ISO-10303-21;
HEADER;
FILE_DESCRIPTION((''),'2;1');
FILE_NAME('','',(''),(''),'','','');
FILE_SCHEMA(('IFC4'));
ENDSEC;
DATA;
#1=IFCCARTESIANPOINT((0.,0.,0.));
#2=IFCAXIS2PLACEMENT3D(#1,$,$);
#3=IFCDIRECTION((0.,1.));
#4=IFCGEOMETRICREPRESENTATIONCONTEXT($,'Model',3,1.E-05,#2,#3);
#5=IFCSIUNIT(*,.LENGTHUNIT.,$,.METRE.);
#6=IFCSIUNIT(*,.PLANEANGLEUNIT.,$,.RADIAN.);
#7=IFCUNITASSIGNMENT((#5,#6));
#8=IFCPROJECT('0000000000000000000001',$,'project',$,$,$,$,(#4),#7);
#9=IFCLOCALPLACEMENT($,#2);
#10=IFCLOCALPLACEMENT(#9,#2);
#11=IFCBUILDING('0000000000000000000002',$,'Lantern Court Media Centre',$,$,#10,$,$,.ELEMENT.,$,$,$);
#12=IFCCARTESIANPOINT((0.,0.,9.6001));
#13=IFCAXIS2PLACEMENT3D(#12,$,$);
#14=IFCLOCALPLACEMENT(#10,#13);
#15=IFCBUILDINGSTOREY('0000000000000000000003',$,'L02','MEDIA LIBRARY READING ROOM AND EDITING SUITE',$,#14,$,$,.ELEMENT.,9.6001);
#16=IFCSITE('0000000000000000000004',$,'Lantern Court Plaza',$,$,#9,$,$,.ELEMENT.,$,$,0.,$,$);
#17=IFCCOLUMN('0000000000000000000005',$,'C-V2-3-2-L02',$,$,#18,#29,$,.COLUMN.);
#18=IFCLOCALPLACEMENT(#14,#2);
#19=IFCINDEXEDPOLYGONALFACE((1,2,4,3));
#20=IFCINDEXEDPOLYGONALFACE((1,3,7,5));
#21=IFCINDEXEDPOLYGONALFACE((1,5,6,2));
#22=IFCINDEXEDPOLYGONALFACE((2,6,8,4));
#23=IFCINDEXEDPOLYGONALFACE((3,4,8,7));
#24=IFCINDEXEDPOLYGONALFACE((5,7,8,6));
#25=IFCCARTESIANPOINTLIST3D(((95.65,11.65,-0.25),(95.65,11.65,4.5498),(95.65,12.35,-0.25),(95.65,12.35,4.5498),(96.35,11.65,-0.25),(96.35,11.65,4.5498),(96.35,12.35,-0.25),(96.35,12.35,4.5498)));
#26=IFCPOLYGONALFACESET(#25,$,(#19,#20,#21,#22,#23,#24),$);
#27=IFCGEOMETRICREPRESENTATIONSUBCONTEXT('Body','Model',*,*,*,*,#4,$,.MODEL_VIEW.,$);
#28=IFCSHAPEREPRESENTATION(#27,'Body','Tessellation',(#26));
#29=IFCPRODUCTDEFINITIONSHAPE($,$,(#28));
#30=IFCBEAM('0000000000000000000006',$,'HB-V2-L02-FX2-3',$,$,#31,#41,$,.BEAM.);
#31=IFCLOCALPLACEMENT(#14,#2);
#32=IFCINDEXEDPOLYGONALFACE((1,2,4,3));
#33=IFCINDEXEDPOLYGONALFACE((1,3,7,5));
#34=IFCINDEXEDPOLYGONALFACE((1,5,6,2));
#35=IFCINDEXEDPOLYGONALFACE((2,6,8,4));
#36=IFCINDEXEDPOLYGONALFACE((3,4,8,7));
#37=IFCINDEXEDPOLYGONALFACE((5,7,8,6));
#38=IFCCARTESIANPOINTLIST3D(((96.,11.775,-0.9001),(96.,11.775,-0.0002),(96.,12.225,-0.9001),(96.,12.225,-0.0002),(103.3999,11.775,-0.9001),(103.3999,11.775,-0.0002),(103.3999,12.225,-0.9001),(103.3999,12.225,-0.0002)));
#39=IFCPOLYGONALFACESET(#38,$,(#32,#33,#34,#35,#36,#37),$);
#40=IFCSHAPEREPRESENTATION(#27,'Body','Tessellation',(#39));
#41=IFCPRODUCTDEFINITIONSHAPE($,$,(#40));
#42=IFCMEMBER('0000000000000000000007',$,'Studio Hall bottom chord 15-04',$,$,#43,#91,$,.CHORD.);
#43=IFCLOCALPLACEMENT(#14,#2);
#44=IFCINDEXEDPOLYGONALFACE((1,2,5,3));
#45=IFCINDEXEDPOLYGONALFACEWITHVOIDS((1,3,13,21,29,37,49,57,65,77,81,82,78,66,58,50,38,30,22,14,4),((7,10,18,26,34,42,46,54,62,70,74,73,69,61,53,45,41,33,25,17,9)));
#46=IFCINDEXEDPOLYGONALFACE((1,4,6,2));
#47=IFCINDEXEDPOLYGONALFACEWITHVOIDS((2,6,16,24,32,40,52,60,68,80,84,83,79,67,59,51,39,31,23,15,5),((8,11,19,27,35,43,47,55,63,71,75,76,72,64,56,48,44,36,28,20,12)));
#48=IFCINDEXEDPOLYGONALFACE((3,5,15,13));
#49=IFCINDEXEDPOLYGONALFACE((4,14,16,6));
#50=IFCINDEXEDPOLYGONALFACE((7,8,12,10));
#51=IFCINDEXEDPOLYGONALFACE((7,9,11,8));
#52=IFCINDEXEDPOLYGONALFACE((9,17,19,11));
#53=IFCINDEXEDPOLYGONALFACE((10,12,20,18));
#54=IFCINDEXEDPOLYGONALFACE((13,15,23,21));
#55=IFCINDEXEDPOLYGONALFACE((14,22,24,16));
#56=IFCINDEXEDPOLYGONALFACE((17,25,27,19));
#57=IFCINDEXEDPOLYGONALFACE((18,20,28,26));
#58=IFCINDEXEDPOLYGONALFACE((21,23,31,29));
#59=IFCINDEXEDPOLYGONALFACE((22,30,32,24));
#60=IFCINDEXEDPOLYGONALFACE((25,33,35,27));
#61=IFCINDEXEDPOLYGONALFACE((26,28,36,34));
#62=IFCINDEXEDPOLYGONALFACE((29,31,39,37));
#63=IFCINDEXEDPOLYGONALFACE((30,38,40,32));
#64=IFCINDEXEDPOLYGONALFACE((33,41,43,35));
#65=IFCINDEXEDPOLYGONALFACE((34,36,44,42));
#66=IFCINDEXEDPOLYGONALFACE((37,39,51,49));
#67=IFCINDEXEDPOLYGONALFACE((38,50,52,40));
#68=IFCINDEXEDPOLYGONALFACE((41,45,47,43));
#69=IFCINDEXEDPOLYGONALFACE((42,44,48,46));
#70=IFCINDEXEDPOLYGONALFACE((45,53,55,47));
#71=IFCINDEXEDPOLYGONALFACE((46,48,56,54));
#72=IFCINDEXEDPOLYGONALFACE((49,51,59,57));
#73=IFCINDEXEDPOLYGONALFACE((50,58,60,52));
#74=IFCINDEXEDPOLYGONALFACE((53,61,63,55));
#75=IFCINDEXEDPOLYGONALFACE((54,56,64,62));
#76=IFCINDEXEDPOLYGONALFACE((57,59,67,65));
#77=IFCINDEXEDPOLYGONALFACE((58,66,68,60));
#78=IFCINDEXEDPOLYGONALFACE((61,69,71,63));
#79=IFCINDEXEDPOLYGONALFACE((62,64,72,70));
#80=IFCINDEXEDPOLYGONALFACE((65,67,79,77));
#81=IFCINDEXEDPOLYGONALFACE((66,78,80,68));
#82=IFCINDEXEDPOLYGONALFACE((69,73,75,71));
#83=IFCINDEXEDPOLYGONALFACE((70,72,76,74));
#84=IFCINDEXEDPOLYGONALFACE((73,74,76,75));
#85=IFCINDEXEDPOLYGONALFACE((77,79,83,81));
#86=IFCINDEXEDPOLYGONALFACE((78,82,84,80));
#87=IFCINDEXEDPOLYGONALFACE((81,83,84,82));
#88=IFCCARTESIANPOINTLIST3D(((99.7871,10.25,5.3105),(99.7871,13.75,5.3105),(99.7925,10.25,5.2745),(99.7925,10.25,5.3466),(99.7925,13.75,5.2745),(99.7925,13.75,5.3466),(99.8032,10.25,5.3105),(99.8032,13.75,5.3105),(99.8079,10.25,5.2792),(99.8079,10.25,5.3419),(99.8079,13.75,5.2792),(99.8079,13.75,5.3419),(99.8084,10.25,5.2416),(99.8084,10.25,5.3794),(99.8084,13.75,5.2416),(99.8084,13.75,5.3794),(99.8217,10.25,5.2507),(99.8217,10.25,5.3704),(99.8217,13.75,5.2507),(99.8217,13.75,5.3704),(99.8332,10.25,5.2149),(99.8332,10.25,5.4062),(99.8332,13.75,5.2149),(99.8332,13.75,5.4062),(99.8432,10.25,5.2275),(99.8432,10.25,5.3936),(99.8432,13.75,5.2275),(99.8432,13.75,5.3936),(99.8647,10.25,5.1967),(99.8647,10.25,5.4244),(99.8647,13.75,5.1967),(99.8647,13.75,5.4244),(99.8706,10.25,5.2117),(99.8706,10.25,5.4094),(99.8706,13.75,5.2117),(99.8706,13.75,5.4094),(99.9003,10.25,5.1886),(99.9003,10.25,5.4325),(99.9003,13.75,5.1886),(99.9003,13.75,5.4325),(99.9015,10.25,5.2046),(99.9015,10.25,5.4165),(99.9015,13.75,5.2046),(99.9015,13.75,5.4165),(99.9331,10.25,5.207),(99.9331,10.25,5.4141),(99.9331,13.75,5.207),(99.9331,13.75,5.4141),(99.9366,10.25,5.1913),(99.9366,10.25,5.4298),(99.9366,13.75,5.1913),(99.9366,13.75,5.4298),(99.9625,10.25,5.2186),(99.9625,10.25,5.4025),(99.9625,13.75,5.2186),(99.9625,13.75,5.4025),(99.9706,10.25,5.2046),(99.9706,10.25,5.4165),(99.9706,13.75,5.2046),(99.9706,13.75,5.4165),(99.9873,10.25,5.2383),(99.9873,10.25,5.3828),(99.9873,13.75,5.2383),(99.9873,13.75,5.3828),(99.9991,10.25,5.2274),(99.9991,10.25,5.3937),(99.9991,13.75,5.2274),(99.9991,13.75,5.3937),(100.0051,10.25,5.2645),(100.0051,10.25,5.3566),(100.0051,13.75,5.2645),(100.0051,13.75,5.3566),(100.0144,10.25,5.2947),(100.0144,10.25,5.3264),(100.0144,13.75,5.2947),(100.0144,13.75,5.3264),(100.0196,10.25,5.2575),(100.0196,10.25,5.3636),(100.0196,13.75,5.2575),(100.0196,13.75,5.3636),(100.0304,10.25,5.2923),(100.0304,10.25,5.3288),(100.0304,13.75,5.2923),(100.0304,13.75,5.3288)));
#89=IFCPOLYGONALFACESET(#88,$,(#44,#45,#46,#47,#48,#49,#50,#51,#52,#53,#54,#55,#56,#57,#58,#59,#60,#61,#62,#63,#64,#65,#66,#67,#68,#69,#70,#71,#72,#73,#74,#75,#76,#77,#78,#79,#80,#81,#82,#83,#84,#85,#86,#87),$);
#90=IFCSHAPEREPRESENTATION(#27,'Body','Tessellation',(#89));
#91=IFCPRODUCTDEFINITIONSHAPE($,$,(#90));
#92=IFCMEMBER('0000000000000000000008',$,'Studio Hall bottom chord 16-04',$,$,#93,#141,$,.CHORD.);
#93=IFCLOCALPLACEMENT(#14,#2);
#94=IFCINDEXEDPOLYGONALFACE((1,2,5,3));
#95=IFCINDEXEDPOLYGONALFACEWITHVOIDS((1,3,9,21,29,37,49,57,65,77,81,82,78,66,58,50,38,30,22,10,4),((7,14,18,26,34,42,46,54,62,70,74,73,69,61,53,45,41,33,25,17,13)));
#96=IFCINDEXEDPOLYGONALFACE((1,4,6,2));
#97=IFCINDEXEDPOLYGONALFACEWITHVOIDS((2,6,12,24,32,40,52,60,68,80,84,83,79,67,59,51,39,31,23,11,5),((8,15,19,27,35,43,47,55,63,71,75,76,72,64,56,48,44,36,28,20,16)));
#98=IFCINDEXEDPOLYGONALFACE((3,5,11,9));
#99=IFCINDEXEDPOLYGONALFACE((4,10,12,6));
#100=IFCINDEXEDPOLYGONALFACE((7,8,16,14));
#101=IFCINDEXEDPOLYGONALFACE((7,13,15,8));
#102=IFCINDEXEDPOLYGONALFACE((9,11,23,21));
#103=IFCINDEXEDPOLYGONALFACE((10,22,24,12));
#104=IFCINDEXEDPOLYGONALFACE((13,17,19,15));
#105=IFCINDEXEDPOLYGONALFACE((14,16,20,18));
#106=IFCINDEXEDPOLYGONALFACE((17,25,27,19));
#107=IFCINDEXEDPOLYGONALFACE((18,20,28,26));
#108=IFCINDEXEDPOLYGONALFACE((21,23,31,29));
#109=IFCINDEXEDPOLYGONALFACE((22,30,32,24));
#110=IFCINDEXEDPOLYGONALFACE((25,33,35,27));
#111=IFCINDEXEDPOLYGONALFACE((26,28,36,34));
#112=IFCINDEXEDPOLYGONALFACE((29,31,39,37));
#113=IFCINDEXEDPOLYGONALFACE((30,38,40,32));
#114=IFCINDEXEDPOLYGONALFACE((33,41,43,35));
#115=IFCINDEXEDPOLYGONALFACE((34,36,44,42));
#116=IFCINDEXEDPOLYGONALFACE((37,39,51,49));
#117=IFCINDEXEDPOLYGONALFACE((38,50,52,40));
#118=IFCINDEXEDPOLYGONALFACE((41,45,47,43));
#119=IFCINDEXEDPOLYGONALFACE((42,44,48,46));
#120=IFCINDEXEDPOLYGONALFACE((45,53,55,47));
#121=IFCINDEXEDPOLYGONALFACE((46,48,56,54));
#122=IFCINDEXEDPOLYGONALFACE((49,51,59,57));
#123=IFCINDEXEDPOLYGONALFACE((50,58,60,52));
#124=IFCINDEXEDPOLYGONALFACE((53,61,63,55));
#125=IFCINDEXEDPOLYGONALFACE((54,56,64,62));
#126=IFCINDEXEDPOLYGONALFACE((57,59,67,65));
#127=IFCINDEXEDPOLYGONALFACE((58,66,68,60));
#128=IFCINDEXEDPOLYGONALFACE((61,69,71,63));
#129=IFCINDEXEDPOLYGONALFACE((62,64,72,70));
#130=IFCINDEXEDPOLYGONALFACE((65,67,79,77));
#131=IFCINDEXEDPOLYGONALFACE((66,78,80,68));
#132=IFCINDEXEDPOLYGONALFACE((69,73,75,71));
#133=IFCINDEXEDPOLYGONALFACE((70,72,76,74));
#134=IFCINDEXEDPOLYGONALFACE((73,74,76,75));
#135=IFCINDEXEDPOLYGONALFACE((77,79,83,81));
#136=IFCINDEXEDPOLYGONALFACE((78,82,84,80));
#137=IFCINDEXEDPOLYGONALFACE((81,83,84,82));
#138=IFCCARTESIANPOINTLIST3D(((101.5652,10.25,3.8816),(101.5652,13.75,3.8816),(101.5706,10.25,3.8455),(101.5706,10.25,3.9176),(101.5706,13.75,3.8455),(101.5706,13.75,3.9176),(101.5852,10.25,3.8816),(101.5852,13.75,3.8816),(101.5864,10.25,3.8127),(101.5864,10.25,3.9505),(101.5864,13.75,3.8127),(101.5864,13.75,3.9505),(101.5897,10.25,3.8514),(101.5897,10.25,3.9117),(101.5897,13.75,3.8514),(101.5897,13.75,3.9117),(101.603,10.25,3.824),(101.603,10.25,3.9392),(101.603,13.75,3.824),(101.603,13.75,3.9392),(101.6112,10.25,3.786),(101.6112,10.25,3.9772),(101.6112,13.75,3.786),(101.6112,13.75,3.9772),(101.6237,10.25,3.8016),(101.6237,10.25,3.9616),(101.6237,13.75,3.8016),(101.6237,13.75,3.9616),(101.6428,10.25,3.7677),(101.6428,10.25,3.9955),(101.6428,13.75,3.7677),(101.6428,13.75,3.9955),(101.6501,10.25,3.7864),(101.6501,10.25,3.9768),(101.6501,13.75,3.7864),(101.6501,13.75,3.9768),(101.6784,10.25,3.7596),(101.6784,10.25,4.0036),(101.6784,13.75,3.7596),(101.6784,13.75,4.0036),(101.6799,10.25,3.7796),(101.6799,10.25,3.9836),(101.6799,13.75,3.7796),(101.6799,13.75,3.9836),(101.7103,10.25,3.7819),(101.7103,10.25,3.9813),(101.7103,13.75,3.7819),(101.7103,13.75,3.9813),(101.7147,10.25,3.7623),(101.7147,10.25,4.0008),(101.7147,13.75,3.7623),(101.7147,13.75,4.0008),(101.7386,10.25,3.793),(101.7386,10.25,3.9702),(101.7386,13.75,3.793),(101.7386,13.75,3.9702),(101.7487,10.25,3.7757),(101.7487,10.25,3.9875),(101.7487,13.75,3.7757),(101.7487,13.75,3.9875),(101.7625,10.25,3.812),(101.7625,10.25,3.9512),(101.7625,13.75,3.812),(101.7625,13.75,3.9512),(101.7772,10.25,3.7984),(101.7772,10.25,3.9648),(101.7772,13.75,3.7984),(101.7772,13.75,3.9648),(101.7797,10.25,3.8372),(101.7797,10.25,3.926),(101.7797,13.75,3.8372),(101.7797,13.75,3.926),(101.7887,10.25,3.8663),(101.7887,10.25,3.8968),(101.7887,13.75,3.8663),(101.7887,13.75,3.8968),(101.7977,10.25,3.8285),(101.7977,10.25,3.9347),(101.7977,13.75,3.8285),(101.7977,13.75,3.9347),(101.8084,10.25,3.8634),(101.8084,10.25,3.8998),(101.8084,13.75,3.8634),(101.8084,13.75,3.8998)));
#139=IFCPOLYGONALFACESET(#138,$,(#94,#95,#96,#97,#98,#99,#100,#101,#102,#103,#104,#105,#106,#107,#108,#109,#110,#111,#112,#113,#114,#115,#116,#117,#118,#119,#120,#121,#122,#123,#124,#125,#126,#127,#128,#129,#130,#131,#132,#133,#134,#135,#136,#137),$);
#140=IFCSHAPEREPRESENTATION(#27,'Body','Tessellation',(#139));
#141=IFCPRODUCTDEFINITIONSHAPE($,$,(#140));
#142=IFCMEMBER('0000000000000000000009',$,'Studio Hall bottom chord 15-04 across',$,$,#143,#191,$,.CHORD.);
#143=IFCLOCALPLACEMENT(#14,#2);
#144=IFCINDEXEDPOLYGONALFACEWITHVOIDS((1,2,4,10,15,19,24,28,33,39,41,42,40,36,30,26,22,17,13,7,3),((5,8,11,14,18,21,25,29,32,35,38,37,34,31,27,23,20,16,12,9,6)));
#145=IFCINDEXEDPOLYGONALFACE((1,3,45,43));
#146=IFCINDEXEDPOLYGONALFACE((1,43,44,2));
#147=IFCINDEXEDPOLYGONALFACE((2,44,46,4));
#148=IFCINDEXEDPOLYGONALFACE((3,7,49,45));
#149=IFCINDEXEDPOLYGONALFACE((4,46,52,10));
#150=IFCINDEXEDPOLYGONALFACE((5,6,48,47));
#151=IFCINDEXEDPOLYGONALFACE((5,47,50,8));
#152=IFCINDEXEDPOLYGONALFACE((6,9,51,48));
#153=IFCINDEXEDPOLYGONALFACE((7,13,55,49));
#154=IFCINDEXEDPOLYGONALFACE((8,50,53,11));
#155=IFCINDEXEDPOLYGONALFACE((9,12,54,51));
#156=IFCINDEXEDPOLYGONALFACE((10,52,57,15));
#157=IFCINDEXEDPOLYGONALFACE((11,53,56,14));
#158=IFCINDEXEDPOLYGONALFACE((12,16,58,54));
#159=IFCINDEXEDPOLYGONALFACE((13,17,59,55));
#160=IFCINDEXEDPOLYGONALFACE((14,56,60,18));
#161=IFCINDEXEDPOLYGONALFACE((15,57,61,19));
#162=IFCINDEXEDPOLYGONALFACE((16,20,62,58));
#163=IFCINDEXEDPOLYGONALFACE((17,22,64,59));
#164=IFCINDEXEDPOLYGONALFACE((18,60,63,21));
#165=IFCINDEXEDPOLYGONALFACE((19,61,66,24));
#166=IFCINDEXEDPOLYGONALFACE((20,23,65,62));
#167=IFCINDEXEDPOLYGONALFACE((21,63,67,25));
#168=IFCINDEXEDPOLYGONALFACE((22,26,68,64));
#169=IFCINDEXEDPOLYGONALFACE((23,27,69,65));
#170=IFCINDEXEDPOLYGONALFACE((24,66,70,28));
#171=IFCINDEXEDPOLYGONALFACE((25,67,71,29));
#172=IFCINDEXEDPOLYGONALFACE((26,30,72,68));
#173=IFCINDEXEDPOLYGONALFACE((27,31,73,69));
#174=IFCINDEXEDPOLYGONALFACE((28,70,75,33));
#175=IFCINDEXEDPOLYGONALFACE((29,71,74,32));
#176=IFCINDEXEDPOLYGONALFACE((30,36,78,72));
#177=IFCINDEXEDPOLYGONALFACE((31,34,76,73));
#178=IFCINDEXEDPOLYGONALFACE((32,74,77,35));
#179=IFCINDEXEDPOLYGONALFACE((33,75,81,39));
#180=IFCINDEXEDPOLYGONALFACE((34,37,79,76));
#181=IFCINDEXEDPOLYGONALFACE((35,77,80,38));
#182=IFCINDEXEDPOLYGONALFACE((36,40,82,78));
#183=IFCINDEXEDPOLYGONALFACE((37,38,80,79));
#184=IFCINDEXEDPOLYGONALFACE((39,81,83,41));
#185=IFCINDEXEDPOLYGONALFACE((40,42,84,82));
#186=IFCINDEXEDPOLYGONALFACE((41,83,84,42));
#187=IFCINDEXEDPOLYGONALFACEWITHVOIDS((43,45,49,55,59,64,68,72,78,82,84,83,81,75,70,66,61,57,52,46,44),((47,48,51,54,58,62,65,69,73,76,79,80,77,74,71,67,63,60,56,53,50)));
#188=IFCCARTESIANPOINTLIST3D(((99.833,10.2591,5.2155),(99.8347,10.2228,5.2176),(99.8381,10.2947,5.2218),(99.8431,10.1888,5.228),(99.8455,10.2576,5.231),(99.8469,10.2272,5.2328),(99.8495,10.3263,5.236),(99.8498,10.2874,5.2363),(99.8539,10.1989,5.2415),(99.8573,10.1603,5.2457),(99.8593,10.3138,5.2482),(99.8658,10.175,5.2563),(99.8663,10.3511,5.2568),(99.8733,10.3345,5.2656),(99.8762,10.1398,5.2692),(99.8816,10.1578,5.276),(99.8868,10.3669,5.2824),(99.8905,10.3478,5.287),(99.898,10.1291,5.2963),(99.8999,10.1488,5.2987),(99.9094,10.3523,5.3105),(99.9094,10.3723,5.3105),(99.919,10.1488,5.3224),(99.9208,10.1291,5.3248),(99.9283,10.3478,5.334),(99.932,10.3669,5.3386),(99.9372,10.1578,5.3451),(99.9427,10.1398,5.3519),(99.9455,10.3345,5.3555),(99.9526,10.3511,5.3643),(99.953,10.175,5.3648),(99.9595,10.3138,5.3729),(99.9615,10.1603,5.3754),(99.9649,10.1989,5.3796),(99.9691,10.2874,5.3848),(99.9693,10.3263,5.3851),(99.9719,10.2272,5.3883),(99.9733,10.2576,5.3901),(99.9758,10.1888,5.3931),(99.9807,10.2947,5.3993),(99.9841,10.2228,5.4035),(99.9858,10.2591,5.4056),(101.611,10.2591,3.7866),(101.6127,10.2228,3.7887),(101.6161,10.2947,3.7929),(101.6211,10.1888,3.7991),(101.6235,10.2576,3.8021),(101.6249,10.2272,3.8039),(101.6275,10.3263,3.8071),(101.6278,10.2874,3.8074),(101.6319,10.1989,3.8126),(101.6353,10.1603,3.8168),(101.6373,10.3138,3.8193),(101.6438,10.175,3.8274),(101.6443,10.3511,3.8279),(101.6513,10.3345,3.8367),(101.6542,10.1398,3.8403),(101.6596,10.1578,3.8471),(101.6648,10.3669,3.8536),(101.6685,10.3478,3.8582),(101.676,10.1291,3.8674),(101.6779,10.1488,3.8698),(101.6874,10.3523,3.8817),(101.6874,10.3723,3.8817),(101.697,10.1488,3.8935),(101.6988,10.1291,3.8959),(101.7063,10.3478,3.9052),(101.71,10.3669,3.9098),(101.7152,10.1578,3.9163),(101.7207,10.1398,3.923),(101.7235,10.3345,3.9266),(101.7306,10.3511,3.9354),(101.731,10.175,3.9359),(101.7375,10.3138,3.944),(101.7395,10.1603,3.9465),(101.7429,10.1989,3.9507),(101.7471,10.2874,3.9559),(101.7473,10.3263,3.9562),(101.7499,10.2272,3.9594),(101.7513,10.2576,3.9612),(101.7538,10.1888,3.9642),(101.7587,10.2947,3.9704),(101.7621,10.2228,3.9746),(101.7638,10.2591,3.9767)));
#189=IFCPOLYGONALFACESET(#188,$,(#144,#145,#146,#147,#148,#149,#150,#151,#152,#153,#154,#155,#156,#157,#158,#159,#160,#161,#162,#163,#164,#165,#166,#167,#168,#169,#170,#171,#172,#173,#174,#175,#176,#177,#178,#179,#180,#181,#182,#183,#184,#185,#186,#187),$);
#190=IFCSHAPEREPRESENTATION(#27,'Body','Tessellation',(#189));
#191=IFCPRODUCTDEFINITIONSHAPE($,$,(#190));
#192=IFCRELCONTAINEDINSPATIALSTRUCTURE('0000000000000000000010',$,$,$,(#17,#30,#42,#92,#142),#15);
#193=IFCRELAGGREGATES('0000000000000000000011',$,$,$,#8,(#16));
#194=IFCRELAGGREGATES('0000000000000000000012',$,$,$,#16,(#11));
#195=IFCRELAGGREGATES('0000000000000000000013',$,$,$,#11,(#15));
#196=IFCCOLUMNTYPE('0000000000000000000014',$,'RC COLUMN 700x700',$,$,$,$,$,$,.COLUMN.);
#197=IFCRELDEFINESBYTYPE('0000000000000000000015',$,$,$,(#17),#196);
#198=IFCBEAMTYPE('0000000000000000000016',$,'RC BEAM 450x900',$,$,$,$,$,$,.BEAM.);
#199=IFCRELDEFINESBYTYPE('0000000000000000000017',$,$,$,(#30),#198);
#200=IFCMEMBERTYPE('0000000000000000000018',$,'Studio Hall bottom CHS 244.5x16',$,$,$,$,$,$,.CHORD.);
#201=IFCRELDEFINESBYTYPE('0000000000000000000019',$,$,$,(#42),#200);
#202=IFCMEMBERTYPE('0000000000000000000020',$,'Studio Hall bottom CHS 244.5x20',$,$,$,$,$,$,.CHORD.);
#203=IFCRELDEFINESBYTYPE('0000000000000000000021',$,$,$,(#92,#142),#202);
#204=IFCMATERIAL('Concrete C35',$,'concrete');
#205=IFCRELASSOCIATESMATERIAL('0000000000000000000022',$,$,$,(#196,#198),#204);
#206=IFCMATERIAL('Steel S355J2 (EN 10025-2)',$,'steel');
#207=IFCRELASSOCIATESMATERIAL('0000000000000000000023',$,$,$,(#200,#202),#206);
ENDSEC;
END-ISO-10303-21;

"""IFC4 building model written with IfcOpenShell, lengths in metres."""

from ifc_helpers import new_model, si_unit, direction, frame, origin, origin_2d, place, context, subcontext, project, spatial, rectangle, hollow_circle, extrude, material, material_profile, profile_set, type_object, element, save


model = new_model("IFC4")

# Units and contexts
model_context = context("Model", 3, precision=1e-05, world=origin(), true_north=direction((0.0, 1.0)))
body_context = subcontext(model_context, "Body", "Model", "MODEL_VIEW")
ifc_project = project(units=[si_unit("LENGTHUNIT", "METRE"), si_unit("PLANEANGLEUNIT", "RADIAN")], contexts=[model_context])

# Site, building, storey
site_placement = place(None, origin())
site = spatial("IfcSite", under=ifc_project, at=site_placement, Name="Lantern Court Plaza", CompositionType="ELEMENT", RefElevation=0.0)
building_placement = place(site_placement, origin())
building = spatial("IfcBuilding", under=site, at=building_placement, Name="Lantern Court Media Centre", CompositionType="ELEMENT")
storey_placement = place(building_placement, frame((0.0, 0.0, 9.6001)))
storey = spatial("IfcBuildingStorey", under=building, at=storey_placement, Name="L02", Description="MEDIA LIBRARY READING ROOM AND EDITING SUITE", CompositionType="ELEMENT", Elevation=9.6001)

# Column
ifc_material_1 = material(Name="Concrete C35", Category="concrete")
ifc_material_profile_1 = material_profile(ifc_material_1, rectangle(XDim=0.7, YDim=0.7, at=origin_2d()), Name="RC 700x700")
ifc_profile_set_1 = profile_set([ifc_material_profile_1], Name="Concrete C35")
column_type = type_object("IfcColumnType", Name="RC COLUMN 700x700", PredefinedType="COLUMN", material=ifc_profile_set_1)
column_placement = place(storey_placement, frame((96.0, 12.0, -0.25), z_axis=(0.0, 0.0, 1.0), x_axis=(1.0, 0.0, 0.0)))
element("IfcColumn", 1, at=column_placement, inside=storey, type_object=column_type, Name="C-V2-3-2-L02", PredefinedType="COLUMN", context=body_context, shape_type="SweptSolid", body=[
    extrude(rectangle(XDim=0.7, YDim=0.7, at=origin_2d()), origin(), (0.0, 0.0, 1.0), 4.7998),
])

# Beam
ifc_material_profile_2 = material_profile(ifc_material_1, rectangle(XDim=0.45, YDim=0.8999, at=origin_2d()), Name="RC 450x900")
ifc_profile_set_2 = profile_set([ifc_material_profile_2], Name="Concrete C35")
beam_type = type_object("IfcBeamType", Name="RC BEAM 450x900", PredefinedType="BEAM", material=ifc_profile_set_2)
beam_placement = place(storey_placement, frame((96.0, 12.0, -0.4502), z_axis=(1.0, 0.0, 0.0), x_axis=(0.0, 1.0, 0.0)))
element("IfcBeam", 2, at=beam_placement, inside=storey, type_object=beam_type, Name="HB-V2-L02-FX2-3", PredefinedType="BEAM", context=body_context, shape_type="SweptSolid", body=[
    extrude(rectangle(XDim=0.45, YDim=0.8999, at=origin_2d()), origin(), (0.0, 0.0, 1.0), 7.3999),
])

# Members
ifc_material_2 = material(Name="Steel S355J2 (EN 10025-2)", Category="steel")
ifc_material_profile_3 = material_profile(ifc_material_2, hollow_circle(Radius=0.1223, WallThickness=0.0161, at=origin_2d()), Name="Studio Hall bottom CHS 244.5x16")
ifc_profile_set_3 = profile_set([ifc_material_profile_3], Name="Steel S355J2 (EN 10025-2)")
member_type_1 = type_object("IfcMemberType", Name="Studio Hall bottom CHS 244.5x16", PredefinedType="CHORD", material=ifc_profile_set_3)
member_1_placement = place(storey_placement, frame((99.9094, 10.25, 5.3105), z_axis=(0.0, 1.0, 0.0), x_axis=(-1.0, 0.0, 0.0)))
element("IfcMember", 3, at=member_1_placement, inside=storey, type_object=member_type_1, Name="Studio Hall bottom chord 15-04", PredefinedType="CHORD", context=body_context, shape_type="SweptSolid", body=[
    extrude(hollow_circle(Radius=0.1223, WallThickness=0.0161, at=origin_2d()), origin(), (0.0, 0.0, 1.0), 3.5),
])
ifc_material_profile_4 = material_profile(ifc_material_2, hollow_circle(Radius=0.1223, WallThickness=0.02, at=origin_2d()), Name="Studio Hall bottom CHS 244.5x20")
ifc_profile_set_4 = profile_set([ifc_material_profile_4], Name="Steel S355J2 (EN 10025-2)")
member_type_2 = type_object("IfcMemberType", Name="Studio Hall bottom CHS 244.5x20", PredefinedType="CHORD", material=ifc_profile_set_4)
member_2_placement = place(storey_placement, frame((101.6875, 10.25, 3.8816), z_axis=(0.0, 1.0, 0.0), x_axis=(-1.0, 0.0, 0.0)))
element("IfcMember", 4, at=member_2_placement, inside=storey, type_object=member_type_2, Name="Studio Hall bottom chord 16-04", PredefinedType="CHORD", context=body_context, shape_type="SweptSolid", body=[
    extrude(hollow_circle(Radius=0.1223, WallThickness=0.02, at=origin_2d()), origin(), (0.0, 0.0, 1.0), 3.5),
])
member_3_placement = place(storey_placement, frame((99.9094, 10.25, 5.3105), z_axis=(0.779478, 0.0, -0.626429), x_axis=(0.0, 1.0, 0.0)))
element("IfcMember", 5, at=member_3_placement, inside=storey, type_object=member_type_2, Name="Studio Hall bottom chord 15-04 across", PredefinedType="CHORD", context=body_context, shape_type="SweptSolid", body=[
    extrude(hollow_circle(Radius=0.1223, WallThickness=0.02, at=origin_2d()), origin(), (0.0, 0.0, 1.0), 2.281),
])

save(model, "model.ifc")
